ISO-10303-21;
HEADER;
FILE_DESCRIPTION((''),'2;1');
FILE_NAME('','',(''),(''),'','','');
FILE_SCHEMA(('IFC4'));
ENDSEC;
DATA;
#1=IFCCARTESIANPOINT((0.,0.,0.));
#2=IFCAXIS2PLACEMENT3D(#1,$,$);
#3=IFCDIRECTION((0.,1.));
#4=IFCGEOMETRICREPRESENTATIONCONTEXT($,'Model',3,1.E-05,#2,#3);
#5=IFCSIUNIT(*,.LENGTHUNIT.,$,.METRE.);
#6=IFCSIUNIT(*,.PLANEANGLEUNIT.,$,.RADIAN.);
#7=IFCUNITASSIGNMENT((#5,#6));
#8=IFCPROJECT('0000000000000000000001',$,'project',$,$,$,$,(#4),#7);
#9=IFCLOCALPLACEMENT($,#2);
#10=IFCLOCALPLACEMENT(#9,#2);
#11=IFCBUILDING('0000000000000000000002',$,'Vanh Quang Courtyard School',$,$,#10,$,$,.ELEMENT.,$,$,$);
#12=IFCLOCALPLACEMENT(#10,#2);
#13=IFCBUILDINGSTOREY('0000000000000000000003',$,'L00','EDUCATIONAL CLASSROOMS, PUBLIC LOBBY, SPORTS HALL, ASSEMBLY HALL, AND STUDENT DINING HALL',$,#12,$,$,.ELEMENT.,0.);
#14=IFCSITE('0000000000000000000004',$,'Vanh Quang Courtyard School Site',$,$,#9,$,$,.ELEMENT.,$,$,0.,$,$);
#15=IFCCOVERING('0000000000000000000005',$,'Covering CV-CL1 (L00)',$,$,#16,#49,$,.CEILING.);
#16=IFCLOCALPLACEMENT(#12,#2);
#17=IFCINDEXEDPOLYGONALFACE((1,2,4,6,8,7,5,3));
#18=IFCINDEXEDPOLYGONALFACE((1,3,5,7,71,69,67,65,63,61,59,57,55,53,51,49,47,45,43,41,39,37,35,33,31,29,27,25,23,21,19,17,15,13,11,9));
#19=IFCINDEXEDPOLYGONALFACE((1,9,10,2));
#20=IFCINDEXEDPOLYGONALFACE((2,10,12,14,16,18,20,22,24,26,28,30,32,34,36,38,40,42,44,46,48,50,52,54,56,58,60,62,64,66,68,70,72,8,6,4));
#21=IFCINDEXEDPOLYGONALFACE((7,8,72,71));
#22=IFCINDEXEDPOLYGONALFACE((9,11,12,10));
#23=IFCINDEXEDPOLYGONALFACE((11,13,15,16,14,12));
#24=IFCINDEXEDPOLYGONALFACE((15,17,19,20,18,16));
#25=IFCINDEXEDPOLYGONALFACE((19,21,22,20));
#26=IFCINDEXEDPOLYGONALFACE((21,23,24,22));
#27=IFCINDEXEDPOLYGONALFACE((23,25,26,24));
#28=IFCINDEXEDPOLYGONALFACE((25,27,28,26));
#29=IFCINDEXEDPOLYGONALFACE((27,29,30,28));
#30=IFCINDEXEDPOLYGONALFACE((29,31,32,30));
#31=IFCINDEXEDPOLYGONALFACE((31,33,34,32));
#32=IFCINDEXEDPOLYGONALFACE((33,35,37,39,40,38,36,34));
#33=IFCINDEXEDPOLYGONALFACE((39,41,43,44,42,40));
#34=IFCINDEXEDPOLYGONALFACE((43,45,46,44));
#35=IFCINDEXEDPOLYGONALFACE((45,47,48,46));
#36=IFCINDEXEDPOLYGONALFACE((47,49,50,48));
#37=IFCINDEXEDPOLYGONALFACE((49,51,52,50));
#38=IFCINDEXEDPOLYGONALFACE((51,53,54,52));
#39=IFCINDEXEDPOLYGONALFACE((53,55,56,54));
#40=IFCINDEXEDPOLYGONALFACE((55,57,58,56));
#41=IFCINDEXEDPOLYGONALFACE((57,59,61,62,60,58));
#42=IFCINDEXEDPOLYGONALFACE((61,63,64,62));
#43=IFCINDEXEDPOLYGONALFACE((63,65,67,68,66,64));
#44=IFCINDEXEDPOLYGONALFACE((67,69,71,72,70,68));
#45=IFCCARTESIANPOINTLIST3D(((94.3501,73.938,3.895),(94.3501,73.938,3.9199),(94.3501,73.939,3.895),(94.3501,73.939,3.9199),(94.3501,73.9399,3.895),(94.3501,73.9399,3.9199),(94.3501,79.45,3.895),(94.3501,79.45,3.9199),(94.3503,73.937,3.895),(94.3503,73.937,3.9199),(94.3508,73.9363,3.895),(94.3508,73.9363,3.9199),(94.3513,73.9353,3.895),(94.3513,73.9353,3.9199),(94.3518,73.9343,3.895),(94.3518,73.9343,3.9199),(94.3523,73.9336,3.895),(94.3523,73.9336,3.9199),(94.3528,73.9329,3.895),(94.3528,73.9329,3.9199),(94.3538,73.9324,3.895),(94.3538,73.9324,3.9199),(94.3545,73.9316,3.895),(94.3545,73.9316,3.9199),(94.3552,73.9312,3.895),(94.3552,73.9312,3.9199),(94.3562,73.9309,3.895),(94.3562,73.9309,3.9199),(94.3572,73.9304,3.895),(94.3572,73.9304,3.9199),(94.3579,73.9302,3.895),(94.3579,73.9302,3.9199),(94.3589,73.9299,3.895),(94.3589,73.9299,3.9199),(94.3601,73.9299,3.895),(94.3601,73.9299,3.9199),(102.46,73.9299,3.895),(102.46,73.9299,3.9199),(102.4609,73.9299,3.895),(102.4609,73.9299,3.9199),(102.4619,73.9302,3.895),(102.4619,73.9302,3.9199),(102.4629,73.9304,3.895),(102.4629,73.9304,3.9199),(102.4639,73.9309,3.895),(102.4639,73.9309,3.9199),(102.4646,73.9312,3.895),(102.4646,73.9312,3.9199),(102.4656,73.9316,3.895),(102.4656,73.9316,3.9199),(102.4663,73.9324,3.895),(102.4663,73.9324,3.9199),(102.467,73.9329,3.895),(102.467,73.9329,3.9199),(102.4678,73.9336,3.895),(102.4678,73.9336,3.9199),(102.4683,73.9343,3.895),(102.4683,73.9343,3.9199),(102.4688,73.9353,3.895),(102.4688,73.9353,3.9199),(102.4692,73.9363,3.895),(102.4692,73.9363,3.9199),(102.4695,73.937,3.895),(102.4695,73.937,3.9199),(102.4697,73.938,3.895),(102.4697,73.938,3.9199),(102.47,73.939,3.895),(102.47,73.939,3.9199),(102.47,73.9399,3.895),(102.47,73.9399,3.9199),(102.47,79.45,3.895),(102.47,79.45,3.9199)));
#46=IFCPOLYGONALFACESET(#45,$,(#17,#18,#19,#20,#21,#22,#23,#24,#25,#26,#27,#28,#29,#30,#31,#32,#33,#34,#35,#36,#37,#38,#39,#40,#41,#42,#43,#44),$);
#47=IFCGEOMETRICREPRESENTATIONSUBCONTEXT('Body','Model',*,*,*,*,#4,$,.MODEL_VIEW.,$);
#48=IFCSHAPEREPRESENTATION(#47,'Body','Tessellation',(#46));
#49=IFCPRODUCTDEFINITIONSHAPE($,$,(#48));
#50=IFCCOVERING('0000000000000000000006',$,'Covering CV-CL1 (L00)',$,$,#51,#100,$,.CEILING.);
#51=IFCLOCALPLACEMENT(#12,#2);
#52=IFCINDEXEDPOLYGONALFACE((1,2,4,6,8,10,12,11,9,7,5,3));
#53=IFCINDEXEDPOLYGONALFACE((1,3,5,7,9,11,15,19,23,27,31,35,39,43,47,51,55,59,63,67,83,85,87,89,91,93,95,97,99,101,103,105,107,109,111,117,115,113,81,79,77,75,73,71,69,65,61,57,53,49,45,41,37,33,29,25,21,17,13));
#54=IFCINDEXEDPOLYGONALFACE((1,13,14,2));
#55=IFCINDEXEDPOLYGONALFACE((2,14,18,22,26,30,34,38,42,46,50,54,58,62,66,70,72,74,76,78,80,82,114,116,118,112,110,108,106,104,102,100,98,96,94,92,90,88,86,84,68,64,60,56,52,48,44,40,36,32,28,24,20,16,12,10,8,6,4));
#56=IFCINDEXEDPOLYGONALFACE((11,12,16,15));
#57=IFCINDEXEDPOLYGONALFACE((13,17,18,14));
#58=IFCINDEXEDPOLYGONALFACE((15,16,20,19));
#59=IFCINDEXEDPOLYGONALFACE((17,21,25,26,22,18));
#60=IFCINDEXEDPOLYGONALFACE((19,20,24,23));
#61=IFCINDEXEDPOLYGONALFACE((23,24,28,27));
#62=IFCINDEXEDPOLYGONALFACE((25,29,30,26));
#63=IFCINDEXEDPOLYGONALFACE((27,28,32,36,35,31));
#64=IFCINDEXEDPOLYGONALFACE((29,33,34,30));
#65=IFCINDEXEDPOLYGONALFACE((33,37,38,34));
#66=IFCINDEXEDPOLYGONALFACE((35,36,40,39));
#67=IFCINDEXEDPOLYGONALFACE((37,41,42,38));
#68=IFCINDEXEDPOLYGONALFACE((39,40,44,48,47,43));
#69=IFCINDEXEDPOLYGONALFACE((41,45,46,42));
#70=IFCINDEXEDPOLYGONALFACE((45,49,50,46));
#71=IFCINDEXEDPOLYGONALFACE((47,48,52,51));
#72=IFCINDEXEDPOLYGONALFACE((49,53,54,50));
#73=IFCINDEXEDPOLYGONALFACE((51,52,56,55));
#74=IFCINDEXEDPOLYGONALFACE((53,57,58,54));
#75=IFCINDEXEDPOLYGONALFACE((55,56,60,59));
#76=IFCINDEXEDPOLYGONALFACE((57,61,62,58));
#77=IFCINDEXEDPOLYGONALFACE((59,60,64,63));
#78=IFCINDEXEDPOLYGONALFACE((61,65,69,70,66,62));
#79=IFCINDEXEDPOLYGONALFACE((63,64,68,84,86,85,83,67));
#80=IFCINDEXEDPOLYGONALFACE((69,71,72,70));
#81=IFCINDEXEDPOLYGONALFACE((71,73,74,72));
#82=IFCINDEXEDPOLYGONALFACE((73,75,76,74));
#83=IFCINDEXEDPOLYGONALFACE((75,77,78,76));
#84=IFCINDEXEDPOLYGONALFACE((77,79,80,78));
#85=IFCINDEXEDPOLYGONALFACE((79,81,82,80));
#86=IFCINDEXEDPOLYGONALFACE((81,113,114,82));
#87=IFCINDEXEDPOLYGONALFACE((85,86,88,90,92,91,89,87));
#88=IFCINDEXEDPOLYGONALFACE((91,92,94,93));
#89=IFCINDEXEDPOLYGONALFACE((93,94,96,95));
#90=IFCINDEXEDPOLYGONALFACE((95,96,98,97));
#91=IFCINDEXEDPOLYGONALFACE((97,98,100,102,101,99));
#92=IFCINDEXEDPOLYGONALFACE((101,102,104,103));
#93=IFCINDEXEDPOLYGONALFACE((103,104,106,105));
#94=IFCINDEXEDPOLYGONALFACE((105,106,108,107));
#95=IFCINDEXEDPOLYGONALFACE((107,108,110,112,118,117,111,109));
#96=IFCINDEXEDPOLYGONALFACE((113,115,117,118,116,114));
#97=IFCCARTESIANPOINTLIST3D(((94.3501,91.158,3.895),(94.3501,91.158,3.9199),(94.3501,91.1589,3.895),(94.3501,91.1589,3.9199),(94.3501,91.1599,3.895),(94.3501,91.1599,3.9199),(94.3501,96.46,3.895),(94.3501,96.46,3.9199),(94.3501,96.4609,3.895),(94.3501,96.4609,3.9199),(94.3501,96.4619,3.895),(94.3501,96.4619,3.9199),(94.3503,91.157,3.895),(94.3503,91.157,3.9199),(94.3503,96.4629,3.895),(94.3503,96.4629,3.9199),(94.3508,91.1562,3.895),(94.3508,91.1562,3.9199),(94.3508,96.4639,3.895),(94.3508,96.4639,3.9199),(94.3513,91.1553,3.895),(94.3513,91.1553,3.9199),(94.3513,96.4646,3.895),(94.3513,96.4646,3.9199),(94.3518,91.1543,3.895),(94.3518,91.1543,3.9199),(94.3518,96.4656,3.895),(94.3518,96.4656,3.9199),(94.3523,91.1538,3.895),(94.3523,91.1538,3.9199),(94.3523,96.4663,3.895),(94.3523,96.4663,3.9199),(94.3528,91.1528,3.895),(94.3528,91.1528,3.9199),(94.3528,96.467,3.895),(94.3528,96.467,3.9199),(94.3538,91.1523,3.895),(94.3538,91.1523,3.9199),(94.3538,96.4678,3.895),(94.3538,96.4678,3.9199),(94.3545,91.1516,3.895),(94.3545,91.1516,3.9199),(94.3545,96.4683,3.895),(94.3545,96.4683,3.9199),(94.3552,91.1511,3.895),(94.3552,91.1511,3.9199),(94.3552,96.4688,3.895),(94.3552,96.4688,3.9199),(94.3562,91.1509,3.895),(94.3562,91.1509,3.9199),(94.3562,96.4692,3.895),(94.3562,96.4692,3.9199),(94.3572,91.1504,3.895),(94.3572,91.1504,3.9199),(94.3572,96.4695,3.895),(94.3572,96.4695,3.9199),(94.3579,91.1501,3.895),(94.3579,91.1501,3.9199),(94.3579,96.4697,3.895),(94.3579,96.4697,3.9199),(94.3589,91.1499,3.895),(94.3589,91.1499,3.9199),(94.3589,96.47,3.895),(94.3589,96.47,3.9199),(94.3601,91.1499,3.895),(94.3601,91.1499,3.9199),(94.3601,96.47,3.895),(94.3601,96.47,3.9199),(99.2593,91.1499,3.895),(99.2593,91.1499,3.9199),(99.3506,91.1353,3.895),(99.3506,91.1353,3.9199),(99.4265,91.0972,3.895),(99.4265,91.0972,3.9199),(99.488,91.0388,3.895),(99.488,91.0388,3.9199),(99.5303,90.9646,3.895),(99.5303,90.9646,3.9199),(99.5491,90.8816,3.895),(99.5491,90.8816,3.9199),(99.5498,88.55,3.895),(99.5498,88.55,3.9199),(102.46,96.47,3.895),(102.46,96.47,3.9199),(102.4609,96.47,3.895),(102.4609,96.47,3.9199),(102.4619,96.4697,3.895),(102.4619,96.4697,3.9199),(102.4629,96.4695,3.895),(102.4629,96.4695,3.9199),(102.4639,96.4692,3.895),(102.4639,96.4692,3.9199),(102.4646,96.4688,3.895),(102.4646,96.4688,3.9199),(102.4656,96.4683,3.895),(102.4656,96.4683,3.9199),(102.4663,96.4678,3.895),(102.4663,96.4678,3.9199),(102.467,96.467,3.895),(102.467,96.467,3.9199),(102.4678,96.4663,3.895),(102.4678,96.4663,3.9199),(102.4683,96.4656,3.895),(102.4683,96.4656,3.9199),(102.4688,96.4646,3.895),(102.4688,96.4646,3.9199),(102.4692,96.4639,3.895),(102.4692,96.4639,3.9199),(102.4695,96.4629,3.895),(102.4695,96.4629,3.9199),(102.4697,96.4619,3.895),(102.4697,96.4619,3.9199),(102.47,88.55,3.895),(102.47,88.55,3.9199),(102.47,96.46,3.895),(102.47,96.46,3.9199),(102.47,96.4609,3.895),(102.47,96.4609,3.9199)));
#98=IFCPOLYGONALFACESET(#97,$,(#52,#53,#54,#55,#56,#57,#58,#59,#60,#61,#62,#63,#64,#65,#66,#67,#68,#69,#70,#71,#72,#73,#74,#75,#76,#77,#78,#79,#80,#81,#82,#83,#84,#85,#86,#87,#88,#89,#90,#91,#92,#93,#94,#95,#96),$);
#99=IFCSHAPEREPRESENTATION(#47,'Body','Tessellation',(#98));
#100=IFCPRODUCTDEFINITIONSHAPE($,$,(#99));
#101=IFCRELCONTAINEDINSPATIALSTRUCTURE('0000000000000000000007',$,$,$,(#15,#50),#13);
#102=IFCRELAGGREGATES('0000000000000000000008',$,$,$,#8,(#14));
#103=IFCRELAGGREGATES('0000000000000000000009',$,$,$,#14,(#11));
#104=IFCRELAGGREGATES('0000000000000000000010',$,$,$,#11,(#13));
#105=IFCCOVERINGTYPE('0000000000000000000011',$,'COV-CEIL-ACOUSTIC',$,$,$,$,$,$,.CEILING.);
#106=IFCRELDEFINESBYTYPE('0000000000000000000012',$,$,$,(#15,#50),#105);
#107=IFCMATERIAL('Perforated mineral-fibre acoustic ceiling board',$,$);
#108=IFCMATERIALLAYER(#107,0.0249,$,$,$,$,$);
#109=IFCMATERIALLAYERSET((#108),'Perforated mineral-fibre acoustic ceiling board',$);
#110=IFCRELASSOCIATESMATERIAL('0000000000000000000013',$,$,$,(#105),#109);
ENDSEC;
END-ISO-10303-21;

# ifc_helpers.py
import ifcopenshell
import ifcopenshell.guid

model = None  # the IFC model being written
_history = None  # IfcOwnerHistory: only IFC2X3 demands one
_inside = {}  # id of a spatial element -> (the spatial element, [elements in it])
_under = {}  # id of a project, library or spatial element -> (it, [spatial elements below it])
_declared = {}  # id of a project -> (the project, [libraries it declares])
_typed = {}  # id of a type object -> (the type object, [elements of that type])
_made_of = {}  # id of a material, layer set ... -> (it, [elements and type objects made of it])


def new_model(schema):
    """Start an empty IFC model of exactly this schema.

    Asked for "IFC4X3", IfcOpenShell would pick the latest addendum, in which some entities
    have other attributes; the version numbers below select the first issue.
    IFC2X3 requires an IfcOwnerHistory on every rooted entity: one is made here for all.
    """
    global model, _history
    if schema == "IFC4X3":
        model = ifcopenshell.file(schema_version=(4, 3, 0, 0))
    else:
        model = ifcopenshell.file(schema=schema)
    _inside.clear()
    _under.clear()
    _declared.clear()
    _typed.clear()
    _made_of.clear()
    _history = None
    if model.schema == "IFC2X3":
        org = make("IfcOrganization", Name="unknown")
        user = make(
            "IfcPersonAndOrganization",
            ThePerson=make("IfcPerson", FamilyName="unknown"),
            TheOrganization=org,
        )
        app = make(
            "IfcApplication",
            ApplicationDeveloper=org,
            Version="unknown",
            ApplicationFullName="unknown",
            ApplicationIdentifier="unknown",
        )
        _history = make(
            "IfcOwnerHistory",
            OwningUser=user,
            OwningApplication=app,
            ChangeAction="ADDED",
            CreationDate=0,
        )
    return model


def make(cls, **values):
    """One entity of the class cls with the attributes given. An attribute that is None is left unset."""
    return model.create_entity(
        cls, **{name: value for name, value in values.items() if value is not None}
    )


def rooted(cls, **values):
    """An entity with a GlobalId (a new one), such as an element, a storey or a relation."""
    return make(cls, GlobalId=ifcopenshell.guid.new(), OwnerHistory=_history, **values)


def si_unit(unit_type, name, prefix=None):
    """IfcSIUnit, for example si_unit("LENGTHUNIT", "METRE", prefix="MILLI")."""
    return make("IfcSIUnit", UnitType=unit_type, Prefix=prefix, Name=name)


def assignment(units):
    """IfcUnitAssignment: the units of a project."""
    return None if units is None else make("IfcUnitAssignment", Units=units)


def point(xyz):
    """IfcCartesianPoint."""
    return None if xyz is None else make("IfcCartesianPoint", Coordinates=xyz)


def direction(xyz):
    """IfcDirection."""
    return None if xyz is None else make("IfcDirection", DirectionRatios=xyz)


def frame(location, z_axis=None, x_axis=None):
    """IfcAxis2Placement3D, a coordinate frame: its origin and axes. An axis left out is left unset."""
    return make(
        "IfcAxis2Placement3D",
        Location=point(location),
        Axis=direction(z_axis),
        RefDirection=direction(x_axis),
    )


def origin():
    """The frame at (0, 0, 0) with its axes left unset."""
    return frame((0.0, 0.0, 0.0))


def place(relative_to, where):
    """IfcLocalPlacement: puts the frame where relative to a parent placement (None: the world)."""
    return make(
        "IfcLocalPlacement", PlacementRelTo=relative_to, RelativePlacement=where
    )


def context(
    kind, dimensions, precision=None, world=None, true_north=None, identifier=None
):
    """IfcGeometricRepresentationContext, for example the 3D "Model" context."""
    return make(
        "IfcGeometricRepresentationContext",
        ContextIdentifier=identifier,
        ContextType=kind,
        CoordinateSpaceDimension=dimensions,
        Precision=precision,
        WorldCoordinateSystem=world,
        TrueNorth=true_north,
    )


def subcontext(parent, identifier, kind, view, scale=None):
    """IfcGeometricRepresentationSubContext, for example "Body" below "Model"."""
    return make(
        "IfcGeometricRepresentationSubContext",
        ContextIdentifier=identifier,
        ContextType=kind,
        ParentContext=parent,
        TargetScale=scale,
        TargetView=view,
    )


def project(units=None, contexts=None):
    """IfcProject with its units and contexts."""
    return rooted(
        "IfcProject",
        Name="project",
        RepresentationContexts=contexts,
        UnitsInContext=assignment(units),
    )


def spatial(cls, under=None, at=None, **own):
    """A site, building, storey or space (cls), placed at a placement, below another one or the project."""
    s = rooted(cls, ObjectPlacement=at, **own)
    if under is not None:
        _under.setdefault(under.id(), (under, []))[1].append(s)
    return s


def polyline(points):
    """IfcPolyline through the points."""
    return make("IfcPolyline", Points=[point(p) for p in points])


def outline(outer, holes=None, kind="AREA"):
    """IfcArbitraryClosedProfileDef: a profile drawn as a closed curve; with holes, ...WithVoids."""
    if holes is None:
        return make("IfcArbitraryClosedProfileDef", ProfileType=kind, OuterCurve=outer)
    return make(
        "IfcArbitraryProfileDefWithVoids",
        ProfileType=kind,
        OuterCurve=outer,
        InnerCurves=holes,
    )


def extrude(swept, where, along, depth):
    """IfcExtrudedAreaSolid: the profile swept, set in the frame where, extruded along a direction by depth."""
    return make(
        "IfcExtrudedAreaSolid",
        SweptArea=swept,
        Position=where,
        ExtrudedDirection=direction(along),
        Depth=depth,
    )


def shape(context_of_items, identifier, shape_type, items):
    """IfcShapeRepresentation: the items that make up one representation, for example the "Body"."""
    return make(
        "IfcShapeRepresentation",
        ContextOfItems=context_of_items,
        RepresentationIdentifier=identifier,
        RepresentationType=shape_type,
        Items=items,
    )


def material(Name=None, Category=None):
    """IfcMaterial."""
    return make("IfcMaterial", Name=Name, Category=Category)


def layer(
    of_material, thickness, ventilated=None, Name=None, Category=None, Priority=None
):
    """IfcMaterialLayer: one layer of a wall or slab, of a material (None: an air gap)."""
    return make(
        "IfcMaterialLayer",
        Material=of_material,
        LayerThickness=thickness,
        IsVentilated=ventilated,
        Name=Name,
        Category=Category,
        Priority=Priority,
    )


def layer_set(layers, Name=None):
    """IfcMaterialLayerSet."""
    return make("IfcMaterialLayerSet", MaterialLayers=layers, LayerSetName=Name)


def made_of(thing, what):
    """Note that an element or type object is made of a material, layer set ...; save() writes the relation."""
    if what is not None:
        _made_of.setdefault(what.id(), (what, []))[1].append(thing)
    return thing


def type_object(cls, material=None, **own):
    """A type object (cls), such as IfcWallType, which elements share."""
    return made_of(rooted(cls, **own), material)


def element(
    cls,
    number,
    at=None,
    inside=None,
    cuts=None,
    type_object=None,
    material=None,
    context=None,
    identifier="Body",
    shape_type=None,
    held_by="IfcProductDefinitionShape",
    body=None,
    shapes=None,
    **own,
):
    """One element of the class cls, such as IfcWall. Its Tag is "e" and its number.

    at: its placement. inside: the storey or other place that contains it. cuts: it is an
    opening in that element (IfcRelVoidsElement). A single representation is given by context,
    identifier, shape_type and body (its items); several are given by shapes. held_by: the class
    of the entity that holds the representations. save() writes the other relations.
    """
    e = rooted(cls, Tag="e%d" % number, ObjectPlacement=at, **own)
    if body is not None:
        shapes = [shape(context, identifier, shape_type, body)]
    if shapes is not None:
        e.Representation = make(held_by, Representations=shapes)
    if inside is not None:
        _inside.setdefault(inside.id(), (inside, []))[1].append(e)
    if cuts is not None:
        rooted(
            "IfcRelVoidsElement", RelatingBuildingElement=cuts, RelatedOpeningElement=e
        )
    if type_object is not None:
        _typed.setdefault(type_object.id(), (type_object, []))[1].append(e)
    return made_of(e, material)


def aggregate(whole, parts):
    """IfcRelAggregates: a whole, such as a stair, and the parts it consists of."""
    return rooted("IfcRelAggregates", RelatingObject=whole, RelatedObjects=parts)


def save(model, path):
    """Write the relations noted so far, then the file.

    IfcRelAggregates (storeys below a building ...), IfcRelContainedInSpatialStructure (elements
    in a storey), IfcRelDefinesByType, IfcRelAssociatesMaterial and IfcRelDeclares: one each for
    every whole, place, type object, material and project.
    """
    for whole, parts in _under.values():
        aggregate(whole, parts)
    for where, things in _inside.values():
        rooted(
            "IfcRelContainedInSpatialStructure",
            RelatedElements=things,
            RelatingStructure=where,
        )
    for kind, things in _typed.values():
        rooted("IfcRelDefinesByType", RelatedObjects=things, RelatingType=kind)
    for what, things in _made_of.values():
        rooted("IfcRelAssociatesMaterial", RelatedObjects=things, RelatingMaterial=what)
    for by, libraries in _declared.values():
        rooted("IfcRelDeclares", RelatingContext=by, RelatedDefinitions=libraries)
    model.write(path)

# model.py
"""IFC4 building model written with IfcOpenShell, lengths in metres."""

from ifc_helpers import new_model, si_unit, direction, frame, origin, place, context, subcontext, project, spatial, polyline, outline, extrude, material, layer, layer_set, type_object, element, save


model = new_model("IFC4")

# Units and contexts
model_context = context("Model", 3, precision=1e-05, world=origin(), true_north=direction((0.0, 1.0)))
body_context = subcontext(model_context, "Body", "Model", "MODEL_VIEW")
ifc_project = project(units=[si_unit("LENGTHUNIT", "METRE"), si_unit("PLANEANGLEUNIT", "RADIAN")], contexts=[model_context])

# Site, building, storey
site_placement = place(None, origin())
site = spatial("IfcSite", under=ifc_project, at=site_placement, Name="Vanh Quang Courtyard School Site", CompositionType="ELEMENT", RefElevation=0.0)
building_placement = place(site_placement, origin())
building = spatial("IfcBuilding", under=site, at=building_placement, Name="Vanh Quang Courtyard School", CompositionType="ELEMENT")
storey_placement = place(building_placement, origin())
storey = spatial("IfcBuildingStorey", under=building, at=storey_placement, Name="L00", Description="EDUCATIONAL CLASSROOMS, PUBLIC LOBBY, SPORTS HALL, ASSEMBLY HALL, AND STUDENT DINING HALL", CompositionType="ELEMENT", Elevation=0.0)

# Coverings
ifc_material_1 = material(Name="Perforated mineral-fibre acoustic ceiling board")
ifc_layer_1 = layer(ifc_material_1, 0.0249)
ifc_layer_set_1 = layer_set([ifc_layer_1], Name="Perforated mineral-fibre acoustic ceiling board")
covering_type = type_object("IfcCoveringType", Name="COV-CEIL-ACOUSTIC", PredefinedType="CEILING", material=ifc_layer_set_1)
covering_1_placement = place(storey_placement, frame((0.0, 0.0, 3.895)))
element("IfcCovering", 1, at=covering_1_placement, inside=storey, type_object=covering_type, Name="Covering CV-CL1 (L00)", PredefinedType="CEILING", context=body_context, shape_type="SweptSolid", body=[
    extrude(outline(polyline([(94.3601, 73.9299), (94.3589, 73.9299), (94.3579, 73.9302), (94.3572, 73.9304), (94.3562, 73.9309), (94.3552, 73.9312), (94.3545, 73.9316), (94.3538, 73.9324), (94.3528, 73.9329), (94.3523, 73.9336), (94.3518, 73.9343), (94.3513, 73.9353), (94.3508, 73.9363), (94.3503, 73.937), (94.3501, 73.938), (94.3501, 73.939), (94.3501, 73.9399), (94.3501, 79.45), (102.47, 79.45), (102.47, 73.9399), (102.47, 73.939), (102.4697, 73.938), (102.4695, 73.937), (102.4692, 73.9363), (102.4688, 73.9353), (102.4683, 73.9343), (102.4678, 73.9336), (102.467, 73.9329), (102.4663, 73.9324), (102.4656, 73.9316), (102.4646, 73.9312), (102.4639, 73.9309), (102.4629, 73.9304), (102.4619, 73.9302), (102.4609, 73.9299), (102.46, 73.9299), (94.3601, 73.9299)])), origin(), (0.0, 0.0, 1.0), 0.0249),
])
covering_2_placement = place(storey_placement, frame((0.0, 0.0, 3.895)))
element("IfcCovering", 2, at=covering_2_placement, inside=storey, type_object=covering_type, Name="Covering CV-CL1 (L00)", PredefinedType="CEILING", context=body_context, shape_type="SweptSolid", body=[
    extrude(outline(polyline([(94.3501, 96.46), (94.3501, 96.4609), (94.3501, 96.4619), (94.3503, 96.4629), (94.3508, 96.4639), (94.3513, 96.4646), (94.3518, 96.4656), (94.3523, 96.4663), (94.3528, 96.467), (94.3538, 96.4678), (94.3545, 96.4683), (94.3552, 96.4688), (94.3562, 96.4692), (94.3572, 96.4695), (94.3579, 96.4697), (94.3589, 96.47), (94.3601, 96.47), (102.46, 96.47), (102.4609, 96.47), (102.4619, 96.4697), (102.4629, 96.4695), (102.4639, 96.4692), (102.4646, 96.4688), (102.4656, 96.4683), (102.4663, 96.4678), (102.467, 96.467), (102.4678, 96.4663), (102.4683, 96.4656), (102.4688, 96.4646), (102.4692, 96.4639), (102.4695, 96.4629), (102.4697, 96.4619), (102.47, 96.4609), (102.47, 96.46), (102.47, 88.55), (99.5498, 88.55), (99.5491, 90.8816), (99.5303, 90.9646), (99.488, 91.0388), (99.4265, 91.0972), (99.3506, 91.1353), (99.2593, 91.1499), (94.3601, 91.1499), (94.3589, 91.1499), (94.3579, 91.1501), (94.3572, 91.1504), (94.3562, 91.1509), (94.3552, 91.1511), (94.3545, 91.1516), (94.3538, 91.1523), (94.3528, 91.1528), (94.3523, 91.1538), (94.3518, 91.1543), (94.3513, 91.1553), (94.3508, 91.1562), (94.3503, 91.157), (94.3501, 91.158), (94.3501, 91.1589), (94.3501, 91.1599), (94.3501, 96.46)])), origin(), (0.0, 0.0, 1.0), 0.0249),
])

save(model, "model.ifc")
